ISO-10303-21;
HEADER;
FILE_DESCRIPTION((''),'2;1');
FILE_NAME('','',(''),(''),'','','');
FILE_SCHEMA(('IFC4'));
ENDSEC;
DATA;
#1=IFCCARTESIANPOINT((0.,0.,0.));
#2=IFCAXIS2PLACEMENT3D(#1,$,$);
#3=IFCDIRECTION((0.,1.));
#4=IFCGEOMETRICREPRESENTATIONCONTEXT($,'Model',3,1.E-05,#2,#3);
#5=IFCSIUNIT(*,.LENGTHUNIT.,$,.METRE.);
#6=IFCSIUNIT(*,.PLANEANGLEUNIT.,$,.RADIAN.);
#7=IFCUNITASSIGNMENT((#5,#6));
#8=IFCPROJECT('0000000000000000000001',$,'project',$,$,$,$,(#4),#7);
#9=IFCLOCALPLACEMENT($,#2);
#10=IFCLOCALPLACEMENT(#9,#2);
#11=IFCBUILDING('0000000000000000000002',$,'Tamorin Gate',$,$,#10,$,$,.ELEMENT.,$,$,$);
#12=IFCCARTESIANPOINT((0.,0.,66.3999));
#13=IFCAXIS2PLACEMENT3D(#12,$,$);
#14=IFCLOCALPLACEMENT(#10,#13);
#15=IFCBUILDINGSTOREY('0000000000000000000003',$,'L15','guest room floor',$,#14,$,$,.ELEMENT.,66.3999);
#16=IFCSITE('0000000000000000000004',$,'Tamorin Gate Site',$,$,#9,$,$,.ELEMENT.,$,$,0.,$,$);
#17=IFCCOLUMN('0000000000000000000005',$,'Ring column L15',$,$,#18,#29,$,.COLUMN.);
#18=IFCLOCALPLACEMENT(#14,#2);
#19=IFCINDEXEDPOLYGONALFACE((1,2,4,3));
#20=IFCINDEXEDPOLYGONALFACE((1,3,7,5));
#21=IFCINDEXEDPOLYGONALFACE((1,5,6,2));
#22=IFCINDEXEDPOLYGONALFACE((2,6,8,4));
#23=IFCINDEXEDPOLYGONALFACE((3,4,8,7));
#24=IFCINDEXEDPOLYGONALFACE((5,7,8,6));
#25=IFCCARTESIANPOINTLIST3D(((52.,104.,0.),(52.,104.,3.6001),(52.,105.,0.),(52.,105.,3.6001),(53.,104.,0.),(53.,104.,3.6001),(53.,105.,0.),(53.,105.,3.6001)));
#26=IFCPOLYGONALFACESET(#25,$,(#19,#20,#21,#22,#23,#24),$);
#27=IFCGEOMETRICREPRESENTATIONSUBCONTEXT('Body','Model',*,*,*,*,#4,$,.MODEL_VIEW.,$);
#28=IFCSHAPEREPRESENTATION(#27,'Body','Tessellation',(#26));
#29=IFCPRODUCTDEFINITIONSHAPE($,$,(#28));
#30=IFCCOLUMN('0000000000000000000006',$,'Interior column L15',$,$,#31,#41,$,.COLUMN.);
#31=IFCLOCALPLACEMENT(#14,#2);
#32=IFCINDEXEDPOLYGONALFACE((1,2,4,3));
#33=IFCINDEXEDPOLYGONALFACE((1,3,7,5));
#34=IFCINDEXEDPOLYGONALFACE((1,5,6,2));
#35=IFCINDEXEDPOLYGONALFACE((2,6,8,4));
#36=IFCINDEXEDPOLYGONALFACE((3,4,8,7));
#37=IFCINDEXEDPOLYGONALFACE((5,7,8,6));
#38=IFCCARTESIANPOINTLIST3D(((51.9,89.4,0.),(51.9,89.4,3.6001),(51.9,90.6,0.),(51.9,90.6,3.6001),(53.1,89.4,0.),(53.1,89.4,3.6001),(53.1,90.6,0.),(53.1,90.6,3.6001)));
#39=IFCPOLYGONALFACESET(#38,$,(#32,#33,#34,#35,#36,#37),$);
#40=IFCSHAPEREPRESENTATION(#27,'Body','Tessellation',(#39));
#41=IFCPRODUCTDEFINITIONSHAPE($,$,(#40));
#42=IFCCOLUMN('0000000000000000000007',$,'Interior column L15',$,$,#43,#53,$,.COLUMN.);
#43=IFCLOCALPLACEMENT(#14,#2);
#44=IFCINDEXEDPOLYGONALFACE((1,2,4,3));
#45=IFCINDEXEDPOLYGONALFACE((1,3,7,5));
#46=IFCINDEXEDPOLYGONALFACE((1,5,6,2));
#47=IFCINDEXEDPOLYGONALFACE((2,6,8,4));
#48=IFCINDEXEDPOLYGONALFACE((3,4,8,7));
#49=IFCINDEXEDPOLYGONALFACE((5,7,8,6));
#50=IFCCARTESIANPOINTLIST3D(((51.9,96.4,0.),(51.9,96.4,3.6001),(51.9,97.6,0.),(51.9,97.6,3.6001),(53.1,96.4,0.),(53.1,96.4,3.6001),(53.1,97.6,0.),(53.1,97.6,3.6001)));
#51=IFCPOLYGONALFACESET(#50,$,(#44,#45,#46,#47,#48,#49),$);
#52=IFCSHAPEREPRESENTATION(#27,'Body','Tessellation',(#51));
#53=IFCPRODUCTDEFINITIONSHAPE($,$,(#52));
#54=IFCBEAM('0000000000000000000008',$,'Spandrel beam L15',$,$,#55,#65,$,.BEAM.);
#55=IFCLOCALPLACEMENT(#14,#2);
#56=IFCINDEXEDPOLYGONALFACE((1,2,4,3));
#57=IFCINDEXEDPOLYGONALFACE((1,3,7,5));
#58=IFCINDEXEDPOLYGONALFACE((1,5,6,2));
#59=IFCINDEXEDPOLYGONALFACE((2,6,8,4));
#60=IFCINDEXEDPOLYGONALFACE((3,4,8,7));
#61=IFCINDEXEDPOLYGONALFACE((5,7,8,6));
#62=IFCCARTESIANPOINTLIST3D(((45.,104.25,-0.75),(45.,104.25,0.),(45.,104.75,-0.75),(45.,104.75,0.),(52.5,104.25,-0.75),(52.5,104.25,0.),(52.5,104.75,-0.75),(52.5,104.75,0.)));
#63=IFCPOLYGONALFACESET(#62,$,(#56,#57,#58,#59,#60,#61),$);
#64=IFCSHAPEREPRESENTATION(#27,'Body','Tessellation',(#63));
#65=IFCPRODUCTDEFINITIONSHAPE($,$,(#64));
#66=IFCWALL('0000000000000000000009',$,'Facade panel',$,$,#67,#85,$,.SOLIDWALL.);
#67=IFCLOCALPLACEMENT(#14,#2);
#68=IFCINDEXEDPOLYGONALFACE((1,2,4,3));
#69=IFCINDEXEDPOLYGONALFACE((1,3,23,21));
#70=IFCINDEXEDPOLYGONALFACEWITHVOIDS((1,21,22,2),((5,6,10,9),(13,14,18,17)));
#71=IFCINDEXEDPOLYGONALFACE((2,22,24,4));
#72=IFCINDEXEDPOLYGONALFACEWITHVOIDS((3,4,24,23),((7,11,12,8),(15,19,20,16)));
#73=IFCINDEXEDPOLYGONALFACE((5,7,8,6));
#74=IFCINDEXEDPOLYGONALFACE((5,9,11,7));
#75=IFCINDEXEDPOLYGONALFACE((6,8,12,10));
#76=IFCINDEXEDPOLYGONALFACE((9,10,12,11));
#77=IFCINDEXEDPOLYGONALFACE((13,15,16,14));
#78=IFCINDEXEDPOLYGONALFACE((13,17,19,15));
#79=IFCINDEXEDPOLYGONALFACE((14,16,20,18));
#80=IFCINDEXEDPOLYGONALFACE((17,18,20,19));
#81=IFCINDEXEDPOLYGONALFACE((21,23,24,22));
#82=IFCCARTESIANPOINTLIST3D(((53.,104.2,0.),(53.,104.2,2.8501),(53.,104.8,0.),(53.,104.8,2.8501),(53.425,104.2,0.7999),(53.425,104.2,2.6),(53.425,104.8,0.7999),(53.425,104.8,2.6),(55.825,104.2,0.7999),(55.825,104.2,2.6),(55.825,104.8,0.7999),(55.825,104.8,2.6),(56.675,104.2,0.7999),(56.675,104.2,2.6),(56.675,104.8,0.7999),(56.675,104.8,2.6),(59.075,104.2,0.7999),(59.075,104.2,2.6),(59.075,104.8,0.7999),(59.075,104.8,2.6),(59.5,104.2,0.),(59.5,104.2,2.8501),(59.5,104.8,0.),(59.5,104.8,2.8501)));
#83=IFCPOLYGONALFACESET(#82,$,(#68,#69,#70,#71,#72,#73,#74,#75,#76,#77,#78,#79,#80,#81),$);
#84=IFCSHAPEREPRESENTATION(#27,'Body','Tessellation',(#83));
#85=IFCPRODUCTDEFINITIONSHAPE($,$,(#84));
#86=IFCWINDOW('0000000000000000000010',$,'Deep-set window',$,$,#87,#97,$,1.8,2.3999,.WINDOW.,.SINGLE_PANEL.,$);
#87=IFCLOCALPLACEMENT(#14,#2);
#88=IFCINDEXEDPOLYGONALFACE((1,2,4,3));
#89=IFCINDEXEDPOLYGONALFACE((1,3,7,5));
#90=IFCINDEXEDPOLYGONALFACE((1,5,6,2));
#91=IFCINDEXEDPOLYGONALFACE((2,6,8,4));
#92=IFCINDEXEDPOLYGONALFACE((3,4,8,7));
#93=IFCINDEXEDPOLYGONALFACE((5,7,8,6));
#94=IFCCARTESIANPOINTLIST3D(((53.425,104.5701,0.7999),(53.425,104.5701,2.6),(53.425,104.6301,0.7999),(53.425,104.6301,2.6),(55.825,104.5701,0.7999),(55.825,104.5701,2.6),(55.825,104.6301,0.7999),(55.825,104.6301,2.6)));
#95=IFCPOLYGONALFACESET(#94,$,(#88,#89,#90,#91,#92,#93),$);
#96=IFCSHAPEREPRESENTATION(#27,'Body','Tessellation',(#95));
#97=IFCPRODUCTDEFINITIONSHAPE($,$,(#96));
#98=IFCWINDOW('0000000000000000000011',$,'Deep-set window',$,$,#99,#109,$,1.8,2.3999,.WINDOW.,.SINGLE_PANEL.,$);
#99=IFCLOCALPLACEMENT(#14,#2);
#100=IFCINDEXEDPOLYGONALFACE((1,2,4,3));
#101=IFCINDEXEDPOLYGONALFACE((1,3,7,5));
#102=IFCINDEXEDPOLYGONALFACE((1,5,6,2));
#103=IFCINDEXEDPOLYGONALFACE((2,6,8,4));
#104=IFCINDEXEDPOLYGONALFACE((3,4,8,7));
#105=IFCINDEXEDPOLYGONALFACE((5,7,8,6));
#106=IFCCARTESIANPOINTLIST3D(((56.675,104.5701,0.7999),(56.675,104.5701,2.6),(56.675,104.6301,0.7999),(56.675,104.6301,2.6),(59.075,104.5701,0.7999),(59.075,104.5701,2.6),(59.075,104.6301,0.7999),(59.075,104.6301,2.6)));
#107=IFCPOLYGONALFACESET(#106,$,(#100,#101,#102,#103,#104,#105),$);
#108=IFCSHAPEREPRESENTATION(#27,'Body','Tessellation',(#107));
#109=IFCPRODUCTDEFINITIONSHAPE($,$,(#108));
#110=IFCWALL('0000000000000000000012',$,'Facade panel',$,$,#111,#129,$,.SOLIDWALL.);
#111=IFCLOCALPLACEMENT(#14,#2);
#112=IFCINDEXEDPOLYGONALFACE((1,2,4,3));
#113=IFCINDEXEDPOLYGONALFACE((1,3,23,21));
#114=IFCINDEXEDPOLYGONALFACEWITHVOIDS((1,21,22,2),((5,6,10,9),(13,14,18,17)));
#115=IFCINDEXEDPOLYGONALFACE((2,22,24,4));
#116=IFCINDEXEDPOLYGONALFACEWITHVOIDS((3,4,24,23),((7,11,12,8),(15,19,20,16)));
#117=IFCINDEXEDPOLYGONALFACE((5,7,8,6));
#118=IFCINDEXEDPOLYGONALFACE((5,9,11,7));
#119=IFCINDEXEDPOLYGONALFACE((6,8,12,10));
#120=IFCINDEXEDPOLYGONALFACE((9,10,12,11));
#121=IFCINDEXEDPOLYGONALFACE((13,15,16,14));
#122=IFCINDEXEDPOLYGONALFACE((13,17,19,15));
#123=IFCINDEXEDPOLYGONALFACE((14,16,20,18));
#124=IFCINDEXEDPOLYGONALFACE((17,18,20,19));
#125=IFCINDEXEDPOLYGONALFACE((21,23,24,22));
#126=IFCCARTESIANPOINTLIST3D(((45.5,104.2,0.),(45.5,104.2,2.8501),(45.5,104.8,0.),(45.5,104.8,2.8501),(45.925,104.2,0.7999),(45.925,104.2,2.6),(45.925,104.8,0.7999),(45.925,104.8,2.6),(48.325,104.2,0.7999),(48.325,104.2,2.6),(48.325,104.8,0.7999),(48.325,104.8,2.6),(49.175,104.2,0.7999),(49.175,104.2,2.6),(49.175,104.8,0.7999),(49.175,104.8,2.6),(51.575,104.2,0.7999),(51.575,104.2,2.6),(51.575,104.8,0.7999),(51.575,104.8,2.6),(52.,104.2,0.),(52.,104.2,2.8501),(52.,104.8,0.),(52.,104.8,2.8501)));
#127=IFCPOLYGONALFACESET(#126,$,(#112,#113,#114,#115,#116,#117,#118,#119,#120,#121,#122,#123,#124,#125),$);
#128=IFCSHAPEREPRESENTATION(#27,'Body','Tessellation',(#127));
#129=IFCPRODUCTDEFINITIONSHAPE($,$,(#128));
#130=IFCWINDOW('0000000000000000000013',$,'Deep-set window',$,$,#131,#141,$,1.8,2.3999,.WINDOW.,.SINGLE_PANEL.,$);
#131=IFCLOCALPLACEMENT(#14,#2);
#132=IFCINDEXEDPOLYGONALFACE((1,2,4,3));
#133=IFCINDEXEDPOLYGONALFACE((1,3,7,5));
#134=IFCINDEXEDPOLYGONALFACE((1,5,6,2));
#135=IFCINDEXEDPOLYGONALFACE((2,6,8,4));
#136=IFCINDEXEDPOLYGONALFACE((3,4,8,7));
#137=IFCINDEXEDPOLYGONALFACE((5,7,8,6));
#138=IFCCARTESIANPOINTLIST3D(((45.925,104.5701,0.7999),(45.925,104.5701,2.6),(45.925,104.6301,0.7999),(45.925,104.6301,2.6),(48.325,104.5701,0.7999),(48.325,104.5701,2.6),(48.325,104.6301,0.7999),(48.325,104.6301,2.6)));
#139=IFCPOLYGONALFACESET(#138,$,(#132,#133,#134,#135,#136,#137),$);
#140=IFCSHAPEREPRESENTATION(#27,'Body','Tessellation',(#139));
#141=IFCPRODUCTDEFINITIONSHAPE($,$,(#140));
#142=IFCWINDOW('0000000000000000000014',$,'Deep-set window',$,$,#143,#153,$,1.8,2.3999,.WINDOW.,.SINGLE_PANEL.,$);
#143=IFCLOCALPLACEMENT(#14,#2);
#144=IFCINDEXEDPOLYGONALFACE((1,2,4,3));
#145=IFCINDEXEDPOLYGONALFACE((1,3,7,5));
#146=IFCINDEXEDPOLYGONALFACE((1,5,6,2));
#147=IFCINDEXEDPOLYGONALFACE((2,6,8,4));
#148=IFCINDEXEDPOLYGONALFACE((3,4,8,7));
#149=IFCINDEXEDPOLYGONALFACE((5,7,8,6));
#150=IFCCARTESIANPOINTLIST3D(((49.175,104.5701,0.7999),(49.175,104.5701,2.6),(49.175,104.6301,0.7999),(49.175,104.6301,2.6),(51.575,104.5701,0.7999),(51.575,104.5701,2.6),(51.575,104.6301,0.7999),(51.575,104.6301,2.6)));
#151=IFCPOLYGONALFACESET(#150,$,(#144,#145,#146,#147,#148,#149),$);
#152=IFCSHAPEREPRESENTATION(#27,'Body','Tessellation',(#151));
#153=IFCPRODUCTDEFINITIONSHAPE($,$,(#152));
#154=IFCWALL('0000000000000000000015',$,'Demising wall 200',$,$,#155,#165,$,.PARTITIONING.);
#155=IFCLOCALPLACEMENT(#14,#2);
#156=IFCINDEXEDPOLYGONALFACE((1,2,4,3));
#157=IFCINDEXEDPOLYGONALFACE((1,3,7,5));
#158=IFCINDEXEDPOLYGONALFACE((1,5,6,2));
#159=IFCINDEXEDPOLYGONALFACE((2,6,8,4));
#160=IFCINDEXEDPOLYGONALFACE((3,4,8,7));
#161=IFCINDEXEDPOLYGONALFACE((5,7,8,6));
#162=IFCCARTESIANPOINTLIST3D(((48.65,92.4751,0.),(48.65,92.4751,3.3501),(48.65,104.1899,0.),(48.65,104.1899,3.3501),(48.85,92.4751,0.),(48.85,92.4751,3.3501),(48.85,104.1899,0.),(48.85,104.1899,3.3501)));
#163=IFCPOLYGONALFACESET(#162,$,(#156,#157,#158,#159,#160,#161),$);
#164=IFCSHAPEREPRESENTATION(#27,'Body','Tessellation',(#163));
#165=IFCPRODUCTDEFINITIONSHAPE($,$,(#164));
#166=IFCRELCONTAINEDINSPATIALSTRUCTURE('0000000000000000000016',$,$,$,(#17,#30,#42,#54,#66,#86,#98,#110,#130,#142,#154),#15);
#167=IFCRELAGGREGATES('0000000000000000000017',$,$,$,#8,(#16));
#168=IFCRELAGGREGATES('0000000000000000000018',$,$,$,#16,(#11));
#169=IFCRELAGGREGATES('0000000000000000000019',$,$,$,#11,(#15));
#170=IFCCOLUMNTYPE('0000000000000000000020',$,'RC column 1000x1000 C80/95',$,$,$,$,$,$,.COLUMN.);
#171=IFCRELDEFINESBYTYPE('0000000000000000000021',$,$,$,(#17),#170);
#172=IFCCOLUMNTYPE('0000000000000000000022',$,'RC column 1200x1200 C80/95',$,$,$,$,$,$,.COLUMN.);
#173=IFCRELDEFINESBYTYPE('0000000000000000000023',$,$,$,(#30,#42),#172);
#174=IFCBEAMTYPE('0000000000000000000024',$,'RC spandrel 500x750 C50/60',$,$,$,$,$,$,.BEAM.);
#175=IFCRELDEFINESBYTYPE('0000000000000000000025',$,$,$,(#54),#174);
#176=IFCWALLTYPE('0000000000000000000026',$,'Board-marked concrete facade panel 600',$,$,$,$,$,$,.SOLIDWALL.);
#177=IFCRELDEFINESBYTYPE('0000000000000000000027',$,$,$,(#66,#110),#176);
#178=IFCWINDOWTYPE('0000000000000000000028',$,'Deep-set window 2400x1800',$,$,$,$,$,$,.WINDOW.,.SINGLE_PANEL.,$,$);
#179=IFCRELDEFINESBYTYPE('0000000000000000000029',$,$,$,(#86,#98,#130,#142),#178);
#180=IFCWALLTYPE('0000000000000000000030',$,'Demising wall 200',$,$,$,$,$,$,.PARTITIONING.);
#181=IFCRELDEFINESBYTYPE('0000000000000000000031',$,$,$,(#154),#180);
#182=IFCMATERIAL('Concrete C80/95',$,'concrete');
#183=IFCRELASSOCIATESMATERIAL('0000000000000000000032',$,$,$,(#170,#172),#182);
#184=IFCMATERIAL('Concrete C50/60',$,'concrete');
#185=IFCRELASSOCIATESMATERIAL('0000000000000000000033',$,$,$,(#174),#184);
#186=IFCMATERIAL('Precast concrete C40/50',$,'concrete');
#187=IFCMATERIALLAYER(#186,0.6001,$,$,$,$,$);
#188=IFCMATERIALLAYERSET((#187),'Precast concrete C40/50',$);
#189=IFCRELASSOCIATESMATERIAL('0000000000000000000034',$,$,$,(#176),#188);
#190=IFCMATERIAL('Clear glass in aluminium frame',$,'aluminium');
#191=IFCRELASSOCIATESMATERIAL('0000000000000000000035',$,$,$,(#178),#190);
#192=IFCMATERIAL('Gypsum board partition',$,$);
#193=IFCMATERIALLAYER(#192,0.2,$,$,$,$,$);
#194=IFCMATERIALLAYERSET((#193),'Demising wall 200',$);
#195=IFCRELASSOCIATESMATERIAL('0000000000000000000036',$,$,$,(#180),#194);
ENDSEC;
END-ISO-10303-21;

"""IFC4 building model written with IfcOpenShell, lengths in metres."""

from ifc_helpers import new_model, si_unit, direction, frame, frame_2d, origin, origin_2d, place, context, subcontext, project, spatial, rectangle, extrude, material, layer, layer_set, material_profile, profile_set, type_object, element, fill, save


model = new_model("IFC4")

# Units and contexts
model_context = context("Model", 3, precision=1e-05, world=origin(), true_north=direction((0.0, 1.0)))
body_context = subcontext(model_context, "Body", "Model", "MODEL_VIEW")
ifc_project = project(units=[si_unit("LENGTHUNIT", "METRE"), si_unit("PLANEANGLEUNIT", "RADIAN")], contexts=[model_context])

# Site, building, storey
site_placement = place(None, origin())
site = spatial("IfcSite", under=ifc_project, at=site_placement, Name="Tamorin Gate Site", CompositionType="ELEMENT", RefElevation=0.0)
building_placement = place(site_placement, origin())
building = spatial("IfcBuilding", under=site, at=building_placement, Name="Tamorin Gate", CompositionType="ELEMENT")
storey_placement = place(building_placement, frame((0.0, 0.0, 66.3999)))
storey = spatial("IfcBuildingStorey", under=building, at=storey_placement, Name="L15", Description="guest room floor", CompositionType="ELEMENT", Elevation=66.3999)

# Columns
ifc_material_1 = material(Name="Concrete C80/95", Category="concrete")
ifc_material_profile_1 = material_profile(ifc_material_1, rectangle(XDim=1.0, YDim=1.0, at=origin_2d()), Name="RC 1000x1000")
ifc_profile_set_1 = profile_set([ifc_material_profile_1], Name="Concrete C80/95")
column_type_1 = type_object("IfcColumnType", Name="RC column 1000x1000 C80/95", PredefinedType="COLUMN", material=ifc_profile_set_1)
column_placement = place(storey_placement, frame((52.5, 104.5, 0.0), z_axis=(0.0, 0.0, 1.0), x_axis=(1.0, 0.0, 0.0)))
element("IfcColumn", 1, at=column_placement, inside=storey, type_object=column_type_1, Name="Ring column L15", PredefinedType="COLUMN", context=body_context, shape_type="SweptSolid", body=[
    extrude(rectangle(XDim=1.0, YDim=1.0, at=origin_2d()), origin(), (0.0, 0.0, 1.0), 3.6001),
])
ifc_material_profile_2 = material_profile(ifc_material_1, rectangle(XDim=1.2, YDim=1.2, at=origin_2d()), Name="RC 1200x1200")
ifc_profile_set_2 = profile_set([ifc_material_profile_2], Name="Concrete C80/95")
column_type_2 = type_object("IfcColumnType", Name="RC column 1200x1200 C80/95", PredefinedType="COLUMN", material=ifc_profile_set_2)
for number, where, z_axis, x_axis, name in (
    (2, (52.5, 90.0, 0.0), (0.0, 0.0, 1.0), (1.0, 0.0, 0.0), "Interior column L15"),
    (3, (52.5, 97.0, 0.0), (0.0, 0.0, 1.0), (1.0, 0.0, 0.0), "Interior column L15"),
):
    element("IfcColumn", number, at=place(storey_placement, frame(where, z_axis=z_axis, x_axis=x_axis)), inside=storey, type_object=column_type_2, Name=name, PredefinedType="COLUMN", context=body_context, shape_type="SweptSolid", body=[
        extrude(rectangle(XDim=1.2, YDim=1.2, at=origin_2d()), origin(), (0.0, 0.0, 1.0), 3.6001),
    ])

# Beam
ifc_material_2 = material(Name="Concrete C50/60", Category="concrete")
ifc_material_profile_3 = material_profile(ifc_material_2, rectangle(XDim=0.5, YDim=0.75, at=origin_2d()), Name="RC 500x750")
ifc_profile_set_3 = profile_set([ifc_material_profile_3], Name="Concrete C50/60")
beam_type = type_object("IfcBeamType", Name="RC spandrel 500x750 C50/60", PredefinedType="BEAM", material=ifc_profile_set_3)
beam_placement = place(storey_placement, frame((52.5, 104.5, -0.375), z_axis=(-1.0, 0.0, 0.0), x_axis=(0.0, -1.0, 0.0)))
element("IfcBeam", 4, at=beam_placement, inside=storey, type_object=beam_type, Name="Spandrel beam L15", PredefinedType="BEAM", context=body_context, shape_type="SweptSolid", body=[
    extrude(rectangle(XDim=0.5, YDim=0.75, at=origin_2d()), origin(), (0.0, 0.0, 1.0), 7.5),
])

# Walls, openings, windows
ifc_material_3 = material(Name="Precast concrete C40/50", Category="concrete")
ifc_layer_1 = layer(ifc_material_3, 0.6001)
ifc_layer_set_1 = layer_set([ifc_layer_1], Name="Precast concrete C40/50")
wall_type_1 = type_object("IfcWallType", Name="Board-marked concrete facade panel 600", PredefinedType="SOLIDWALL", material=ifc_layer_set_1)
wall_1_placement = place(storey_placement, frame((59.5, 104.5, 0.0), z_axis=(0.0, 0.0, 1.0), x_axis=(-1.0, 0.0, 0.0)))
wall_1 = element("IfcWall", 5, at=wall_1_placement, inside=storey, type_object=wall_type_1, Name="Facade panel", PredefinedType="SOLIDWALL", context=body_context, shape_type="SweptSolid", body=[
    extrude(rectangle(XDim=6.5, YDim=0.6001, at=frame_2d((3.25, 0.0))), origin(), (0.0, 0.0, 1.0), 2.8501),
])
opening_1_placement = place(wall_1_placement, frame((3.675, 0.0, 0.8)))
opening_1 = element("IfcOpeningElement", 6, at=opening_1_placement, cuts=wall_1, PredefinedType="OPENING", context=body_context, shape_type="SweptSolid", body=[
    extrude(rectangle(XDim=2.3999, YDim=1.8, at=frame_2d((1.2, 0.8999))), frame((0.0, 0.3101, 0.0), z_axis=(0.0, -1.0, 0.0), x_axis=(1.0, 0.0, 0.0)), (0.0, 0.0, 1.0), 0.6201),
])
opening_2_placement = place(wall_1_placement, frame((0.425, 0.0, 0.8)))
opening_2 = element("IfcOpeningElement", 7, at=opening_2_placement, cuts=wall_1, PredefinedType="OPENING", context=body_context, shape_type="SweptSolid", body=[
    extrude(rectangle(XDim=2.3999, YDim=1.8, at=frame_2d((1.2, 0.8999))), frame((0.0, 0.3101, 0.0), z_axis=(0.0, -1.0, 0.0), x_axis=(1.0, 0.0, 0.0)), (0.0, 0.0, 1.0), 0.6201),
])
ifc_material_4 = material(Name="Clear glass in aluminium frame", Category="aluminium")
window_type = type_object("IfcWindowType", Name="Deep-set window 2400x1800", PartitioningType="SINGLE_PANEL", PredefinedType="WINDOW", material=ifc_material_4)
window_1_placement = place(opening_1_placement, origin())
window_1 = element("IfcWindow", 8, at=window_1_placement, inside=storey, type_object=window_type, Name="Deep-set window", OverallHeight=1.8, OverallWidth=2.3999, PartitioningType="SINGLE_PANEL", PredefinedType="WINDOW", context=body_context, shape_type="SweptSolid", body=[
    extrude(rectangle(XDim=2.3999, YDim=1.8, at=frame_2d((1.2, 0.8999))), frame((0.0, -0.0701, 0.0), z_axis=(0.0, -1.0, 0.0), x_axis=(1.0, 0.0, 0.0)), (0.0, 0.0, 1.0), 0.0601),
])
fill(opening_1, window_1)
window_2_placement = place(opening_2_placement, origin())
window_2 = element("IfcWindow", 9, at=window_2_placement, inside=storey, type_object=window_type, Name="Deep-set window", OverallHeight=1.8, OverallWidth=2.3999, PartitioningType="SINGLE_PANEL", PredefinedType="WINDOW", context=body_context, shape_type="SweptSolid", body=[
    extrude(rectangle(XDim=2.3999, YDim=1.8, at=frame_2d((1.2, 0.8999))), frame((0.0, -0.0701, 0.0), z_axis=(0.0, -1.0, 0.0), x_axis=(1.0, 0.0, 0.0)), (0.0, 0.0, 1.0), 0.0601),
])
fill(opening_2, window_2)
wall_2_placement = place(storey_placement, frame((52.0, 104.5, 0.0), z_axis=(0.0, 0.0, 1.0), x_axis=(-1.0, 0.0, 0.0)))
wall_2 = element("IfcWall", 10, at=wall_2_placement, inside=storey, type_object=wall_type_1, Name="Facade panel", PredefinedType="SOLIDWALL", context=body_context, shape_type="SweptSolid", body=[
    extrude(rectangle(XDim=6.5, YDim=0.6001, at=frame_2d((3.25, 0.0))), origin(), (0.0, 0.0, 1.0), 2.8501),
])
opening_3_placement = place(wall_2_placement, frame((3.675, 0.0, 0.8)))
opening_3 = element("IfcOpeningElement", 11, at=opening_3_placement, cuts=wall_2, PredefinedType="OPENING", context=body_context, shape_type="SweptSolid", body=[
    extrude(rectangle(XDim=2.3999, YDim=1.8, at=frame_2d((1.2, 0.8999))), frame((0.0, 0.3101, 0.0), z_axis=(0.0, -1.0, 0.0), x_axis=(1.0, 0.0, 0.0)), (0.0, 0.0, 1.0), 0.6201),
])
opening_4_placement = place(wall_2_placement, frame((0.425, 0.0, 0.8)))
opening_4 = element("IfcOpeningElement", 12, at=opening_4_placement, cuts=wall_2, PredefinedType="OPENING", context=body_context, shape_type="SweptSolid", body=[
    extrude(rectangle(XDim=2.3999, YDim=1.8, at=frame_2d((1.2, 0.8999))), frame((0.0, 0.3101, 0.0), z_axis=(0.0, -1.0, 0.0), x_axis=(1.0, 0.0, 0.0)), (0.0, 0.0, 1.0), 0.6201),
])
window_3_placement = place(opening_3_placement, origin())
window_3 = element("IfcWindow", 13, at=window_3_placement, inside=storey, type_object=window_type, Name="Deep-set window", OverallHeight=1.8, OverallWidth=2.3999, PartitioningType="SINGLE_PANEL", PredefinedType="WINDOW", context=body_context, shape_type="SweptSolid", body=[
    extrude(rectangle(XDim=2.3999, YDim=1.8, at=frame_2d((1.2, 0.8999))), frame((0.0, -0.0701, 0.0), z_axis=(0.0, -1.0, 0.0), x_axis=(1.0, 0.0, 0.0)), (0.0, 0.0, 1.0), 0.0601),
])
fill(opening_3, window_3)
window_4_placement = place(opening_4_placement, origin())
window_4 = element("IfcWindow", 14, at=window_4_placement, inside=storey, type_object=window_type, Name="Deep-set window", OverallHeight=1.8, OverallWidth=2.3999, PartitioningType="SINGLE_PANEL", PredefinedType="WINDOW", context=body_context, shape_type="SweptSolid", body=[
    extrude(rectangle(XDim=2.3999, YDim=1.8, at=frame_2d((1.2, 0.8999))), frame((0.0, -0.0701, 0.0), z_axis=(0.0, -1.0, 0.0), x_axis=(1.0, 0.0, 0.0)), (0.0, 0.0, 1.0), 0.0601),
])
fill(opening_4, window_4)

# Wall
ifc_material_5 = material(Name="Gypsum board partition")
ifc_layer_2 = layer(ifc_material_5, 0.2)
ifc_layer_set_2 = layer_set([ifc_layer_2], Name="Demising wall 200")
wall_type_2 = type_object("IfcWallType", Name="Demising wall 200", PredefinedType="PARTITIONING", material=ifc_layer_set_2)
for number, where, z_axis, x_axis, name in (
    (15, (48.75, 92.4751, 0.0), (0.0, 0.0, 1.0), (0.0, 1.0, 0.0), "Demising wall 200"),
):
    element("IfcWall", number, at=place(storey_placement, frame(where, z_axis=z_axis, x_axis=x_axis)), inside=storey, type_object=wall_type_2, Name=name, PredefinedType="PARTITIONING", context=body_context, shape_type="SweptSolid", body=[
        extrude(rectangle(XDim=11.7148, YDim=0.2, at=frame_2d((5.8574, 0.0))), origin(), (0.0, 0.0, 1.0), 3.3501),
    ])

save(model, "model.ifc")
